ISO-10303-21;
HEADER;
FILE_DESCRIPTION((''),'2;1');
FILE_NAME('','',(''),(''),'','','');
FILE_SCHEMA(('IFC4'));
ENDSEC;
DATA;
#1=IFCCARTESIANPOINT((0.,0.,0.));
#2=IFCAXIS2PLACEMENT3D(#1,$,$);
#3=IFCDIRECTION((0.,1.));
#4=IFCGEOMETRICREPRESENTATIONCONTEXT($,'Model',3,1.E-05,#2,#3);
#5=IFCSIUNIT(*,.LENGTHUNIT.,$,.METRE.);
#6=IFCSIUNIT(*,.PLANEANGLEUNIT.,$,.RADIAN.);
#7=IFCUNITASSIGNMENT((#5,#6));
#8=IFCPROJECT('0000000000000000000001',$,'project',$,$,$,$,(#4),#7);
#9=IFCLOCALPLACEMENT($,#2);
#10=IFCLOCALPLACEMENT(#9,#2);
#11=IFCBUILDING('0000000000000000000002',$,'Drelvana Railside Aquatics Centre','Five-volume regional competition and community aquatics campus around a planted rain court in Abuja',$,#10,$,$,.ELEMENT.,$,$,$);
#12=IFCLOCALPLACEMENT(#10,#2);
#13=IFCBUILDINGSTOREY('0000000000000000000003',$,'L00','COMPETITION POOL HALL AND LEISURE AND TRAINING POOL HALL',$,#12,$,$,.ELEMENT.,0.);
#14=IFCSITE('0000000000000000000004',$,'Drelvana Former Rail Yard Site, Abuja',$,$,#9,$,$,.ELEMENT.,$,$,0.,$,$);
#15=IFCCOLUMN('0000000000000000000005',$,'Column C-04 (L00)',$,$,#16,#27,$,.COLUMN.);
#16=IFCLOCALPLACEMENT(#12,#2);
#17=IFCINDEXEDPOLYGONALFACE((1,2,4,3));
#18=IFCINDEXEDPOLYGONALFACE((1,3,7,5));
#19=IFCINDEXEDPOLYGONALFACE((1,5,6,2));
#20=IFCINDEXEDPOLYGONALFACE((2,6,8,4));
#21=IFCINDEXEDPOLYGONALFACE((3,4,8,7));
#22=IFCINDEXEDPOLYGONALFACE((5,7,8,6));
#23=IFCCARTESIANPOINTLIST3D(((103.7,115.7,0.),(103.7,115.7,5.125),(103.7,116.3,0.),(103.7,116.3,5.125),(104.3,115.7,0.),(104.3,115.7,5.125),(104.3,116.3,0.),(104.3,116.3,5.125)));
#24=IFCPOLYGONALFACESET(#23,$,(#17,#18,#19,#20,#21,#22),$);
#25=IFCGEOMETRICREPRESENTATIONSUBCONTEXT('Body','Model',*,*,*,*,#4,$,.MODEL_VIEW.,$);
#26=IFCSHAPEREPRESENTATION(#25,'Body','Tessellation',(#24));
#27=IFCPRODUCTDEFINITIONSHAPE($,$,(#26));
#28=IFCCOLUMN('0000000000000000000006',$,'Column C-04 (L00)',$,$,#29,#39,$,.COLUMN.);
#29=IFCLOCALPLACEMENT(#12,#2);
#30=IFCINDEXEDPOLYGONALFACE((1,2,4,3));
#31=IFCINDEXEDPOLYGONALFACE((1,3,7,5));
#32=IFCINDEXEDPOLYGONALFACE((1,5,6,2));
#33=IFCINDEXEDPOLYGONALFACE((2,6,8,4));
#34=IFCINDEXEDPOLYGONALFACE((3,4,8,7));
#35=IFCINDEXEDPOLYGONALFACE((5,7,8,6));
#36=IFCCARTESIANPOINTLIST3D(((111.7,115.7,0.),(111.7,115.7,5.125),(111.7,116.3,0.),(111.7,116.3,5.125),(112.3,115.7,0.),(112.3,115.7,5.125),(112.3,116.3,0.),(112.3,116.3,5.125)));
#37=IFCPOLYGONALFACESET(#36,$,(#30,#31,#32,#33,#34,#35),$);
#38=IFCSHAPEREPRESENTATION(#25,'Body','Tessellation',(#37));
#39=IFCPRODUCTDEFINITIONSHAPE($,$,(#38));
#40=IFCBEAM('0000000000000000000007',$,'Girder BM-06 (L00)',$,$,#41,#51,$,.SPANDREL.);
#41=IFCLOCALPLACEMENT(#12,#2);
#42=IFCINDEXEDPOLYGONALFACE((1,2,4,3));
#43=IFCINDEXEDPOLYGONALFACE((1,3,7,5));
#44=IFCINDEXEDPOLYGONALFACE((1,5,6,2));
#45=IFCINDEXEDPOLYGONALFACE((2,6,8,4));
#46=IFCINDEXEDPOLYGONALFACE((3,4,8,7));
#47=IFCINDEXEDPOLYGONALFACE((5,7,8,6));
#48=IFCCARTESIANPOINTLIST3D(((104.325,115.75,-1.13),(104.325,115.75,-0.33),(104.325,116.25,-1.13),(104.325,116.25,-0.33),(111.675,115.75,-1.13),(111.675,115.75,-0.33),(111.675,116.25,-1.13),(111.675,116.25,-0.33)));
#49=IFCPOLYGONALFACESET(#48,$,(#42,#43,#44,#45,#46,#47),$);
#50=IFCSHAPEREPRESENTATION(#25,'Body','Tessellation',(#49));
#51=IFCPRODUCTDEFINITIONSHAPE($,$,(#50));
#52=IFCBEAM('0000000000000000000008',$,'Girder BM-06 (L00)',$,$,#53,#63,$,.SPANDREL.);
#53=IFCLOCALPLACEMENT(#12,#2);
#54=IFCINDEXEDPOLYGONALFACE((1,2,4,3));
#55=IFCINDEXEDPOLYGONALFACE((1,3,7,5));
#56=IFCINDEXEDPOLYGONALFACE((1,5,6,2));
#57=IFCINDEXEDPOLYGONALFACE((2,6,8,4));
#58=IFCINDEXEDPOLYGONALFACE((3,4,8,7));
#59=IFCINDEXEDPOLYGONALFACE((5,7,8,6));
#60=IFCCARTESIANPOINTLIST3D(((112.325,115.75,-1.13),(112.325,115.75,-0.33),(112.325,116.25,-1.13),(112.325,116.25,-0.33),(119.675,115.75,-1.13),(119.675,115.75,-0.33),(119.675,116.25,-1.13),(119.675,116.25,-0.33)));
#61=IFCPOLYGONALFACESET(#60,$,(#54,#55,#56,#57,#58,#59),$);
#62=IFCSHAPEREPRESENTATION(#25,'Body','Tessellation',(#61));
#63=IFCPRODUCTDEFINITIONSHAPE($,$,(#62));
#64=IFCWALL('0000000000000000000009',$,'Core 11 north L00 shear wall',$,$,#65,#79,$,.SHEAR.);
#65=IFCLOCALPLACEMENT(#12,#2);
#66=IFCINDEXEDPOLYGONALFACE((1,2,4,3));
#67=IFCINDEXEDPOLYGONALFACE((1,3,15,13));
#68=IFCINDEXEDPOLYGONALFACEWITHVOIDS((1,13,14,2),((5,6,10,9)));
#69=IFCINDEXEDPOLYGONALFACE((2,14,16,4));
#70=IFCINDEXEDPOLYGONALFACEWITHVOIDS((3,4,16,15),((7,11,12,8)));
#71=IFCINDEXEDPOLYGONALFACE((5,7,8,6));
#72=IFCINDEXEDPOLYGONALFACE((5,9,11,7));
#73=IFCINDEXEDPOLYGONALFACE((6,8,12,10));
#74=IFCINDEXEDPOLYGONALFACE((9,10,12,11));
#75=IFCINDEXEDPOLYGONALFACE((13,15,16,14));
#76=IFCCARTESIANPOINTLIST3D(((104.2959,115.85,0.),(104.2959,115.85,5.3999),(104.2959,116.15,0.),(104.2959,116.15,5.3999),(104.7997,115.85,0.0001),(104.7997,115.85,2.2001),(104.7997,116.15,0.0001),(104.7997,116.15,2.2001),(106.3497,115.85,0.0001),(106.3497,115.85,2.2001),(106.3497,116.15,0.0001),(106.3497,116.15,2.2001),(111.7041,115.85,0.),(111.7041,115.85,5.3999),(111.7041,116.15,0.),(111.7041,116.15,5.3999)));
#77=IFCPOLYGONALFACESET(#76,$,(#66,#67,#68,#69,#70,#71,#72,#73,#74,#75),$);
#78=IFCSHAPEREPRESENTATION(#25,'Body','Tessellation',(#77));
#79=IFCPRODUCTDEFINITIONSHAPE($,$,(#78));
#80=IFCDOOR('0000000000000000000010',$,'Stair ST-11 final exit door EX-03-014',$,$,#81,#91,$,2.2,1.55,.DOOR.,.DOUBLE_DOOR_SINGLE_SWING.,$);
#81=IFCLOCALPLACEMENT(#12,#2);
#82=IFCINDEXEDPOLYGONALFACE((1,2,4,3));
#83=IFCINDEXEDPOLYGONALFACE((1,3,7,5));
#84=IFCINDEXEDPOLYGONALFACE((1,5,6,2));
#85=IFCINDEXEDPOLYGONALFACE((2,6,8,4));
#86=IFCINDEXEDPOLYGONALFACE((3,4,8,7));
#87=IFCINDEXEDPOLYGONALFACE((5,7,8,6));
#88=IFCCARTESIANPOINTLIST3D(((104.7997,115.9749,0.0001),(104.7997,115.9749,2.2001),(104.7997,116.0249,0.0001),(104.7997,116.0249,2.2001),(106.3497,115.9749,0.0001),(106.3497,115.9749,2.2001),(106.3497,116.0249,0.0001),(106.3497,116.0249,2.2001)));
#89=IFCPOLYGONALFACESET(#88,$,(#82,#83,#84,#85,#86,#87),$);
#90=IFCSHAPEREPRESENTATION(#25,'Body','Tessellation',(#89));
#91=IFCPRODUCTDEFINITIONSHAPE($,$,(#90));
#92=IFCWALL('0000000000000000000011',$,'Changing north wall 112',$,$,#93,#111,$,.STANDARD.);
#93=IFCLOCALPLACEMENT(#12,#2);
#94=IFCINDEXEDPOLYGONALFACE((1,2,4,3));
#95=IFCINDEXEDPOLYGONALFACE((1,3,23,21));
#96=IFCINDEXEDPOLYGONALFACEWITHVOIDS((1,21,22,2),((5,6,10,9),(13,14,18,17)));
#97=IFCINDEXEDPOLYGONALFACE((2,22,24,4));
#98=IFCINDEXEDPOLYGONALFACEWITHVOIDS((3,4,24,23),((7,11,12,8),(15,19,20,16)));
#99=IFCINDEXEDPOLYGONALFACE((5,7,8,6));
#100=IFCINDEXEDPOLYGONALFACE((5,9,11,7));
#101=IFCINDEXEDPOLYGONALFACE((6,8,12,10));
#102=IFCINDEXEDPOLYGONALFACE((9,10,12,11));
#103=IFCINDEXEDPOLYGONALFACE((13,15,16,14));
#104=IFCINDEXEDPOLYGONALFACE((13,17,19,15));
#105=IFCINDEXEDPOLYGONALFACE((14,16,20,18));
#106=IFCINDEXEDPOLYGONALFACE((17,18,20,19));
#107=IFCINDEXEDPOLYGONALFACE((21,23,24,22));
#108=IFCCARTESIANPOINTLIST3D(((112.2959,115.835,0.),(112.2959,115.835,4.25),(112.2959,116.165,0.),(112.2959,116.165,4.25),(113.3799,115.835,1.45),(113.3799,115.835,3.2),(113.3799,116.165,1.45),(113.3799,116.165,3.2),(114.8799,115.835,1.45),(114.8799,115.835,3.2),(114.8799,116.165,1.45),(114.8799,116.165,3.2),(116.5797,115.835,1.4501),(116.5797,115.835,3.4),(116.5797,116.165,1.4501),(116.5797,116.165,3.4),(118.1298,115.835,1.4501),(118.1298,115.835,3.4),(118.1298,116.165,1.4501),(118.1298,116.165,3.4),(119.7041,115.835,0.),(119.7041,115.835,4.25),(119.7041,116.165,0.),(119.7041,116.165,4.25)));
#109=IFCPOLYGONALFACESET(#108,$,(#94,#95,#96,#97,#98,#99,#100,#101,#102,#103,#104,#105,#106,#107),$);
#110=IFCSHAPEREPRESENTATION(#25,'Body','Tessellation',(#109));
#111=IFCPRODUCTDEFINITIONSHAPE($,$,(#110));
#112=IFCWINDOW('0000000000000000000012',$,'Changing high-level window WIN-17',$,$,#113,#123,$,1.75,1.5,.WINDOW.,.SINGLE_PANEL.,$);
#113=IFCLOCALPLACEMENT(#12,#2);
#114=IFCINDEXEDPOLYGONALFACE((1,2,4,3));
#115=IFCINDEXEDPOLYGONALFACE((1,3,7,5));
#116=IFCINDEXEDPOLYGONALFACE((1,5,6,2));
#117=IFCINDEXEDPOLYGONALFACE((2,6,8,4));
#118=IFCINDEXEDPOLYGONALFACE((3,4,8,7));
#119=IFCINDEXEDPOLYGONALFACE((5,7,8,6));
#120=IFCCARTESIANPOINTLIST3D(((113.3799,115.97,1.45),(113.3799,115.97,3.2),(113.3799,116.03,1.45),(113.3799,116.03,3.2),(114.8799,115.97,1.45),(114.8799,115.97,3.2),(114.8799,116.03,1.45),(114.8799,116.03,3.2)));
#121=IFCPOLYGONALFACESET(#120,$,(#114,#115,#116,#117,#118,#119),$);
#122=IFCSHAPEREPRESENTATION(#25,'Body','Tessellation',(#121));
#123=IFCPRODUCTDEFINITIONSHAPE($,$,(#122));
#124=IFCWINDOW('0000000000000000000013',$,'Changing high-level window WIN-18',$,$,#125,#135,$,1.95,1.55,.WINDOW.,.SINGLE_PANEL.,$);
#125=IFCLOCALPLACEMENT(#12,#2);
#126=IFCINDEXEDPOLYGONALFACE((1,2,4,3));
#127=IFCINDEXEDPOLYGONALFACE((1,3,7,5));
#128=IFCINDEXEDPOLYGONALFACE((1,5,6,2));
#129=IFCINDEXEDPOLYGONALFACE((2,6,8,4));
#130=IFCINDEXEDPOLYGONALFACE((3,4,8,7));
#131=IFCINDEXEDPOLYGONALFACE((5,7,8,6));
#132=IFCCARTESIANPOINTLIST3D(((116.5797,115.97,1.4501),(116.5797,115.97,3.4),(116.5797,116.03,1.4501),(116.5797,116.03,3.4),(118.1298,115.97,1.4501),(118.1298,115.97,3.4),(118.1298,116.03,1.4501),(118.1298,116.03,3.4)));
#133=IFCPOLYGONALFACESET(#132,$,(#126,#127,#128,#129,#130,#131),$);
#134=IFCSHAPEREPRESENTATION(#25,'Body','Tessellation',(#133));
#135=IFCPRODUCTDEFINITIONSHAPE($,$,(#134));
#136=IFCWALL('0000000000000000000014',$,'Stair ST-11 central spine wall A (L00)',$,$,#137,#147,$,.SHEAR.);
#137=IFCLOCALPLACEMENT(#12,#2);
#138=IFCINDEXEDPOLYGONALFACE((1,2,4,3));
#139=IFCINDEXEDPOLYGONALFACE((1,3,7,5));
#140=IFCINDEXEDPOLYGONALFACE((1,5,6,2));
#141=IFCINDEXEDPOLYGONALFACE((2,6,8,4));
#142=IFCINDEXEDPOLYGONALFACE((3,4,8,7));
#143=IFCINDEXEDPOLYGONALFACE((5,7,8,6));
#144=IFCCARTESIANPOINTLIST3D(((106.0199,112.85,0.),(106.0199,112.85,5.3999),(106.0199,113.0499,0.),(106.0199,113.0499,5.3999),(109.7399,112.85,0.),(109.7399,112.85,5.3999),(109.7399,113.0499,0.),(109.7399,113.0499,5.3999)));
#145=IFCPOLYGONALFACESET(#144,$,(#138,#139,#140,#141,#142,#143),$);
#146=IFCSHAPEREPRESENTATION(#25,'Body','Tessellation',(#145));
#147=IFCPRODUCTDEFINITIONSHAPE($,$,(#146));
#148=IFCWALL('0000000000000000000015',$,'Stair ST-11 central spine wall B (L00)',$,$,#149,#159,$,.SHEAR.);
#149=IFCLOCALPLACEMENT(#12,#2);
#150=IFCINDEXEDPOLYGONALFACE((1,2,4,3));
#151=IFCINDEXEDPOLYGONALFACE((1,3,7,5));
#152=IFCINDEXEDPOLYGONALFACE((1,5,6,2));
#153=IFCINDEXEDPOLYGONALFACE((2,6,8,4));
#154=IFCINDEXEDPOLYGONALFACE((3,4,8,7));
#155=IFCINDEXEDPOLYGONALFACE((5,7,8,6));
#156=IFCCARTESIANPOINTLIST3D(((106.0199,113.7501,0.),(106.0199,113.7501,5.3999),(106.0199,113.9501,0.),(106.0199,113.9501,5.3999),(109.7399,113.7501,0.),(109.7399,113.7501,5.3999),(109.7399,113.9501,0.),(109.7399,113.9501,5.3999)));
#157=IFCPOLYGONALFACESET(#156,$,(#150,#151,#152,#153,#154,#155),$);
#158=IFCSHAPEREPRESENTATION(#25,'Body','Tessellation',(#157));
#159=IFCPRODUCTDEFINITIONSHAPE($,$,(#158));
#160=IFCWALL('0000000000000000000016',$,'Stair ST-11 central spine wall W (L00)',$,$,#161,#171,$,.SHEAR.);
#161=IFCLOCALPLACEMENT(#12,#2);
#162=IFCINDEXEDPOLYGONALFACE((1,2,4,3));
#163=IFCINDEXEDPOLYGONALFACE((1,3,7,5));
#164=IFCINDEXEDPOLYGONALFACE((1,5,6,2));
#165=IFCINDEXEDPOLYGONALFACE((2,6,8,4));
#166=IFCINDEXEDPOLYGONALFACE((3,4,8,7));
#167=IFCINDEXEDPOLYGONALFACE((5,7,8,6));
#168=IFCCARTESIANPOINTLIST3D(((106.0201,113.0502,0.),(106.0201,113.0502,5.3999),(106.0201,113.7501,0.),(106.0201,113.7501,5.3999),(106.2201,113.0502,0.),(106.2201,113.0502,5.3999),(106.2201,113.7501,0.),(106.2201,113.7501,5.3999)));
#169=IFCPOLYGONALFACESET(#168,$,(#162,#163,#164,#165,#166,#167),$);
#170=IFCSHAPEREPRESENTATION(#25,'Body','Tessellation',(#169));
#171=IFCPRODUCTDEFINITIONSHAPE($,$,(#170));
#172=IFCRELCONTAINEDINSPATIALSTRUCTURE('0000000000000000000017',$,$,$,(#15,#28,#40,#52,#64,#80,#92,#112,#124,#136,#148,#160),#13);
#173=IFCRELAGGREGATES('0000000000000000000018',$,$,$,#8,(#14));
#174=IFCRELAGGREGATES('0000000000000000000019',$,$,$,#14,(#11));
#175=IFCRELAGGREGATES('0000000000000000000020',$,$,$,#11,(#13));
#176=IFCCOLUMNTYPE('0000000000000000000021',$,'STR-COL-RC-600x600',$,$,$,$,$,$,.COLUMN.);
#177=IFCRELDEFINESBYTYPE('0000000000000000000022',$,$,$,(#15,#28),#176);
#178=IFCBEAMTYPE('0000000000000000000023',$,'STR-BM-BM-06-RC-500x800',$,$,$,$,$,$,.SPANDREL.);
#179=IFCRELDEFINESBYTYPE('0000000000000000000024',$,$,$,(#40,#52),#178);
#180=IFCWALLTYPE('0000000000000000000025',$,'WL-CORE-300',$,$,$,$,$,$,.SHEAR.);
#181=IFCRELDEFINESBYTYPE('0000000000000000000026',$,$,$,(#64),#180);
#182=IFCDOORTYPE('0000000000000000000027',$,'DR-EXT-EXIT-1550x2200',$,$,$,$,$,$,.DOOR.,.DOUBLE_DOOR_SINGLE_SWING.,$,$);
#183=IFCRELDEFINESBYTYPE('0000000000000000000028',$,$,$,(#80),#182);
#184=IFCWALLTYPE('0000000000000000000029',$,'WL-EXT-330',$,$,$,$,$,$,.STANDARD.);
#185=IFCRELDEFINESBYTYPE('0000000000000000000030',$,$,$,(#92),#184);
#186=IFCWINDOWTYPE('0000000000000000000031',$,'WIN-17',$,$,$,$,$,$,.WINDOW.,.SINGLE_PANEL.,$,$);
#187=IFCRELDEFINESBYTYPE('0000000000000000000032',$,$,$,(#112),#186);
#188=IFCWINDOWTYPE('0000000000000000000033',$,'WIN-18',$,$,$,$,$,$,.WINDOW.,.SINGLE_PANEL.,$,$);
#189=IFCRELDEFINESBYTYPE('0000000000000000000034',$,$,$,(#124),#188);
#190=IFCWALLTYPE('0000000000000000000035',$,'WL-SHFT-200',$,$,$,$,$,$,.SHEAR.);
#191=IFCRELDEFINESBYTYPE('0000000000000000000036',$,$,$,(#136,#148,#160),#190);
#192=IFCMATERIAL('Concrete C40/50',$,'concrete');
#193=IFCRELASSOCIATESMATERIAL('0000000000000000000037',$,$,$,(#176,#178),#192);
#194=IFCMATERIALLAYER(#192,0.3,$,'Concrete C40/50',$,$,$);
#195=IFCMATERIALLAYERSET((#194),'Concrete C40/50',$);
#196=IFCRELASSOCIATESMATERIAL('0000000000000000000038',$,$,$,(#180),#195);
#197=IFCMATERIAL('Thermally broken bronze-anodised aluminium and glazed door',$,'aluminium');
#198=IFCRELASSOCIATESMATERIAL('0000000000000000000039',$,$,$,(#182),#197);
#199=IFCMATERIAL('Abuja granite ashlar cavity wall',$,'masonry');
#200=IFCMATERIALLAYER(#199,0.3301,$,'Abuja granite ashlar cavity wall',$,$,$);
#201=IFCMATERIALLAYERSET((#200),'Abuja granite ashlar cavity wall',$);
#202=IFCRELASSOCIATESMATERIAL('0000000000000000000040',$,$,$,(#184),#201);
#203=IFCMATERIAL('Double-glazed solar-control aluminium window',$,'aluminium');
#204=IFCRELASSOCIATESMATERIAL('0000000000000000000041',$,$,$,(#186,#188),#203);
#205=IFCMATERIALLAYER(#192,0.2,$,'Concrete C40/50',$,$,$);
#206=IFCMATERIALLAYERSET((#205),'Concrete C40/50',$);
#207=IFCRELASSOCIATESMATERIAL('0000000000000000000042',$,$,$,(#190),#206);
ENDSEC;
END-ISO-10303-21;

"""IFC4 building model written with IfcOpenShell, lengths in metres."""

from ifc_helpers import new_model, si_unit, direction, frame, frame_2d, origin, origin_2d, place, context, subcontext, project, spatial, rectangle, extrude, material, layer, layer_set, material_profile, profile_set, type_object, element, fill, save


model = new_model("IFC4")

# Units and contexts
model_context = context("Model", 3, precision=1e-05, world=origin(), true_north=direction((0.0, 1.0)))
body_context = subcontext(model_context, "Body", "Model", "MODEL_VIEW")
ifc_project = project(units=[si_unit("LENGTHUNIT", "METRE"), si_unit("PLANEANGLEUNIT", "RADIAN")], contexts=[model_context])

# Site, building, storey
site_placement = place(None, origin())
site = spatial("IfcSite", under=ifc_project, at=site_placement, Name="Drelvana Former Rail Yard Site, Abuja", CompositionType="ELEMENT", RefElevation=0.0)
building_placement = place(site_placement, origin())
building = spatial("IfcBuilding", under=site, at=building_placement, Name="Drelvana Railside Aquatics Centre", Description="Five-volume regional competition and community aquatics campus around a planted rain court in Abuja", CompositionType="ELEMENT")
storey_placement = place(building_placement, origin())
storey = spatial("IfcBuildingStorey", under=building, at=storey_placement, Name="L00", Description="COMPETITION POOL HALL AND LEISURE AND TRAINING POOL HALL", CompositionType="ELEMENT", Elevation=0.0)

# Columns
ifc_material_1 = material(Name="Concrete C40/50", Category="concrete")
ifc_material_profile_1 = material_profile(ifc_material_1, rectangle(XDim=0.6001, YDim=0.6001, at=origin_2d()), Name="RC 600x600")
ifc_profile_set_1 = profile_set([ifc_material_profile_1], Name="Concrete C40/50")
column_type = type_object("IfcColumnType", Name="STR-COL-RC-600x600", PredefinedType="COLUMN", material=ifc_profile_set_1)
for number, where, z_axis, x_axis, name in (
    (1, (104.0, 116.0, 0.0), (0.0, 0.0, 1.0), (1.0, 0.0, 0.0), "Column C-04 (L00)"),
    (2, (112.0, 116.0, 0.0), (0.0, 0.0, 1.0), (1.0, 0.0, 0.0), "Column C-04 (L00)"),
):
    element("IfcColumn", number, at=place(storey_placement, frame(where, z_axis=z_axis, x_axis=x_axis)), inside=storey, type_object=column_type, Name=name, PredefinedType="COLUMN", context=body_context, shape_type="SweptSolid", body=[
        extrude(rectangle(XDim=0.6001, YDim=0.6001, at=origin_2d()), origin(), (0.0, 0.0, 1.0), 5.125),
    ])

# Beams
ifc_material_profile_2 = material_profile(ifc_material_1, rectangle(XDim=0.5, YDim=0.8, at=origin_2d()), Name="RC 500x800")
ifc_profile_set_2 = profile_set([ifc_material_profile_2], Name="Concrete C40/50")
beam_type = type_object("IfcBeamType", Name="STR-BM-BM-06-RC-500x800", PredefinedType="SPANDREL", material=ifc_profile_set_2)
for number, where, z_axis, x_axis, name in (
    (3, (104.325, 116.0, -0.73), (1.0, 0.0, 0.0), (0.0, 1.0, 0.0), "Girder BM-06 (L00)"),
    (4, (112.325, 116.0, -0.73), (1.0, 0.0, 0.0), (0.0, 1.0, 0.0), "Girder BM-06 (L00)"),
):
    element("IfcBeam", number, at=place(storey_placement, frame(where, z_axis=z_axis, x_axis=x_axis)), inside=storey, type_object=beam_type, Name=name, PredefinedType="SPANDREL", context=body_context, shape_type="SweptSolid", body=[
        extrude(rectangle(XDim=0.5, YDim=0.8, at=origin_2d()), origin(), (0.0, 0.0, 1.0), 7.3501),
    ])

# Wall, opening, door
ifc_layer_1 = layer(ifc_material_1, 0.3, Name="Concrete C40/50")
ifc_layer_set_1 = layer_set([ifc_layer_1], Name="Concrete C40/50")
wall_type_1 = type_object("IfcWallType", Name="WL-CORE-300", PredefinedType="SHEAR", material=ifc_layer_set_1)
wall_1_placement = place(storey_placement, frame((104.2959, 116.0, 0.0), z_axis=(0.0, 0.0, 1.0), x_axis=(1.0, 0.0, 0.0)))
wall_1 = element("IfcWall", 5, at=wall_1_placement, inside=storey, type_object=wall_type_1, Name="Core 11 north L00 shear wall", PredefinedType="SHEAR", context=body_context, shape_type="SweptSolid", body=[
    extrude(rectangle(XDim=7.4082, YDim=0.3, at=frame_2d((3.7041, 0.0))), origin(), (0.0, 0.0, 1.0), 5.3999),
])
opening_1_placement = place(wall_1_placement, frame((0.5039, 0.0, 0.0)))
opening_1 = element("IfcOpeningElement", 6, at=opening_1_placement, cuts=wall_1, PredefinedType="OPENING", context=body_context, shape_type="SweptSolid", body=[
    extrude(rectangle(XDim=1.55, YDim=2.2, at=frame_2d((0.7749, 1.1001))), frame((0.0, 0.1599, 0.0), z_axis=(0.0, -1.0, 0.0), x_axis=(1.0, 0.0, 0.0)), (0.0, 0.0, 1.0), 0.3201),
])
ifc_material_2 = material(Name="Thermally broken bronze-anodised aluminium and glazed door", Category="aluminium")
door_type = type_object("IfcDoorType", Name="DR-EXT-EXIT-1550x2200", OperationType="DOUBLE_DOOR_SINGLE_SWING", PredefinedType="DOOR", material=ifc_material_2)
door_placement = place(opening_1_placement, origin())
door = element("IfcDoor", 7, at=door_placement, inside=storey, type_object=door_type, Name="Stair ST-11 final exit door EX-03-014", OperationType="DOUBLE_DOOR_SINGLE_SWING", OverallHeight=2.2, OverallWidth=1.55, PredefinedType="DOOR", context=body_context, shape_type="SweptSolid", body=[
    extrude(rectangle(XDim=1.55, YDim=2.2, at=frame_2d((0.7749, 1.1001))), frame((0.0, 0.0249, 0.0), z_axis=(0.0, -1.0, 0.0), x_axis=(1.0, 0.0, 0.0)), (0.0, 0.0, 1.0), 0.05),
])
fill(opening_1, door)

# Wall, openings, windows
ifc_material_3 = material(Name="Abuja granite ashlar cavity wall", Category="masonry")
ifc_layer_2 = layer(ifc_material_3, 0.3301, Name="Abuja granite ashlar cavity wall")
ifc_layer_set_2 = layer_set([ifc_layer_2], Name="Abuja granite ashlar cavity wall")
wall_type_2 = type_object("IfcWallType", Name="WL-EXT-330", PredefinedType="STANDARD", material=ifc_layer_set_2)
wall_2_placement = place(storey_placement, frame((112.2959, 116.0, 0.0), z_axis=(0.0, 0.0, 1.0), x_axis=(1.0, 0.0, 0.0)))
wall_2 = element("IfcWall", 8, at=wall_2_placement, inside=storey, type_object=wall_type_2, Name="Changing north wall 112", PredefinedType="STANDARD", context=body_context, shape_type="SweptSolid", body=[
    extrude(rectangle(XDim=7.4082, YDim=0.3301, at=frame_2d((3.7041, 0.0))), origin(), (0.0, 0.0, 1.0), 4.25),
])
opening_2_placement = place(wall_2_placement, frame((1.084, 0.0, 1.45)))
opening_2 = element("IfcOpeningElement", 9, at=opening_2_placement, cuts=wall_2, PredefinedType="OPENING", context=body_context, shape_type="SweptSolid", body=[
    extrude(rectangle(XDim=1.5, YDim=1.75, at=frame_2d((0.75, 0.875))), frame((0.0, 0.175, 0.0), z_axis=(0.0, -1.0, 0.0), x_axis=(1.0, 0.0, 0.0)), (0.0, 0.0, 1.0), 0.3501),
])
opening_3_placement = place(wall_2_placement, frame((4.2839, 0.0, 1.45)))
opening_3 = element("IfcOpeningElement", 10, at=opening_3_placement, cuts=wall_2, PredefinedType="OPENING", context=body_context, shape_type="SweptSolid", body=[
    extrude(rectangle(XDim=1.55, YDim=1.95, at=frame_2d((0.7749, 0.9751))), frame((0.0, 0.175, 0.0), z_axis=(0.0, -1.0, 0.0), x_axis=(1.0, 0.0, 0.0)), (0.0, 0.0, 1.0), 0.3501),
])
ifc_material_4 = material(Name="Double-glazed solar-control aluminium window", Category="aluminium")
window_type_1 = type_object("IfcWindowType", Name="WIN-17", PartitioningType="SINGLE_PANEL", PredefinedType="WINDOW", material=ifc_material_4)
window_1_placement = place(opening_2_placement, origin())
window_1 = element("IfcWindow", 11, at=window_1_placement, inside=storey, type_object=window_type_1, Name="Changing high-level window WIN-17", OverallHeight=1.75, OverallWidth=1.5, PartitioningType="SINGLE_PANEL", PredefinedType="WINDOW", context=body_context, shape_type="SweptSolid", body=[
    extrude(rectangle(XDim=1.5, YDim=1.75, at=frame_2d((0.75, 0.875))), frame((0.0, 0.03, 0.0), z_axis=(0.0, -1.0, 0.0), x_axis=(1.0, 0.0, 0.0)), (0.0, 0.0, 1.0), 0.0601),
])
fill(opening_2, window_1)
window_type_2 = type_object("IfcWindowType", Name="WIN-18", PartitioningType="SINGLE_PANEL", PredefinedType="WINDOW", material=ifc_material_4)
window_2_placement = place(opening_3_placement, origin())
window_2 = element("IfcWindow", 12, at=window_2_placement, inside=storey, type_object=window_type_2, Name="Changing high-level window WIN-18", OverallHeight=1.95, OverallWidth=1.55, PartitioningType="SINGLE_PANEL", PredefinedType="WINDOW", context=body_context, shape_type="SweptSolid", body=[
    extrude(rectangle(XDim=1.55, YDim=1.95, at=frame_2d((0.7749, 0.9751))), frame((0.0, 0.03, 0.0), z_axis=(0.0, -1.0, 0.0), x_axis=(1.0, 0.0, 0.0)), (0.0, 0.0, 1.0), 0.0601),
])
fill(opening_3, window_2)

# Walls
ifc_layer_3 = layer(ifc_material_1, 0.2, Name="Concrete C40/50")
ifc_layer_set_3 = layer_set([ifc_layer_3], Name="Concrete C40/50")
wall_type_3 = type_object("IfcWallType", Name="WL-SHFT-200", PredefinedType="SHEAR", material=ifc_layer_set_3)
for number, where, z_axis, x_axis, name in (
    (13, (106.02, 112.95, 0.0), (0.0, 0.0, 1.0), (1.0, 0.0, 0.0), "Stair ST-11 central spine wall A (L00)"),
    (14, (106.02, 113.8501, 0.0), (0.0, 0.0, 1.0), (1.0, 0.0, 0.0), "Stair ST-11 central spine wall B (L00)"),
):
    element("IfcWall", number, at=place(storey_placement, frame(where, z_axis=z_axis, x_axis=x_axis)), inside=storey, type_object=wall_type_3, Name=name, PredefinedType="SHEAR", context=body_context, shape_type="SweptSolid", body=[
        extrude(rectangle(XDim=3.72, YDim=0.2, at=frame_2d((1.8599, 0.0))), origin(), (0.0, 0.0, 1.0), 5.3999),
    ])
for number, where, z_axis, x_axis, name in (
    (15, (106.1201, 113.05, 0.0), (0.0, 0.0, 1.0), (0.0, 1.0, 0.0), "Stair ST-11 central spine wall W (L00)"),
):
    element("IfcWall", number, at=place(storey_placement, frame(where, z_axis=z_axis, x_axis=x_axis)), inside=storey, type_object=wall_type_3, Name=name, PredefinedType="SHEAR", context=body_context, shape_type="SweptSolid", body=[
        extrude(rectangle(XDim=0.7, YDim=0.2, at=frame_2d((0.3501, 0.0))), origin(), (0.0, 0.0, 1.0), 5.3999),
    ])

save(model, "model.ifc")
